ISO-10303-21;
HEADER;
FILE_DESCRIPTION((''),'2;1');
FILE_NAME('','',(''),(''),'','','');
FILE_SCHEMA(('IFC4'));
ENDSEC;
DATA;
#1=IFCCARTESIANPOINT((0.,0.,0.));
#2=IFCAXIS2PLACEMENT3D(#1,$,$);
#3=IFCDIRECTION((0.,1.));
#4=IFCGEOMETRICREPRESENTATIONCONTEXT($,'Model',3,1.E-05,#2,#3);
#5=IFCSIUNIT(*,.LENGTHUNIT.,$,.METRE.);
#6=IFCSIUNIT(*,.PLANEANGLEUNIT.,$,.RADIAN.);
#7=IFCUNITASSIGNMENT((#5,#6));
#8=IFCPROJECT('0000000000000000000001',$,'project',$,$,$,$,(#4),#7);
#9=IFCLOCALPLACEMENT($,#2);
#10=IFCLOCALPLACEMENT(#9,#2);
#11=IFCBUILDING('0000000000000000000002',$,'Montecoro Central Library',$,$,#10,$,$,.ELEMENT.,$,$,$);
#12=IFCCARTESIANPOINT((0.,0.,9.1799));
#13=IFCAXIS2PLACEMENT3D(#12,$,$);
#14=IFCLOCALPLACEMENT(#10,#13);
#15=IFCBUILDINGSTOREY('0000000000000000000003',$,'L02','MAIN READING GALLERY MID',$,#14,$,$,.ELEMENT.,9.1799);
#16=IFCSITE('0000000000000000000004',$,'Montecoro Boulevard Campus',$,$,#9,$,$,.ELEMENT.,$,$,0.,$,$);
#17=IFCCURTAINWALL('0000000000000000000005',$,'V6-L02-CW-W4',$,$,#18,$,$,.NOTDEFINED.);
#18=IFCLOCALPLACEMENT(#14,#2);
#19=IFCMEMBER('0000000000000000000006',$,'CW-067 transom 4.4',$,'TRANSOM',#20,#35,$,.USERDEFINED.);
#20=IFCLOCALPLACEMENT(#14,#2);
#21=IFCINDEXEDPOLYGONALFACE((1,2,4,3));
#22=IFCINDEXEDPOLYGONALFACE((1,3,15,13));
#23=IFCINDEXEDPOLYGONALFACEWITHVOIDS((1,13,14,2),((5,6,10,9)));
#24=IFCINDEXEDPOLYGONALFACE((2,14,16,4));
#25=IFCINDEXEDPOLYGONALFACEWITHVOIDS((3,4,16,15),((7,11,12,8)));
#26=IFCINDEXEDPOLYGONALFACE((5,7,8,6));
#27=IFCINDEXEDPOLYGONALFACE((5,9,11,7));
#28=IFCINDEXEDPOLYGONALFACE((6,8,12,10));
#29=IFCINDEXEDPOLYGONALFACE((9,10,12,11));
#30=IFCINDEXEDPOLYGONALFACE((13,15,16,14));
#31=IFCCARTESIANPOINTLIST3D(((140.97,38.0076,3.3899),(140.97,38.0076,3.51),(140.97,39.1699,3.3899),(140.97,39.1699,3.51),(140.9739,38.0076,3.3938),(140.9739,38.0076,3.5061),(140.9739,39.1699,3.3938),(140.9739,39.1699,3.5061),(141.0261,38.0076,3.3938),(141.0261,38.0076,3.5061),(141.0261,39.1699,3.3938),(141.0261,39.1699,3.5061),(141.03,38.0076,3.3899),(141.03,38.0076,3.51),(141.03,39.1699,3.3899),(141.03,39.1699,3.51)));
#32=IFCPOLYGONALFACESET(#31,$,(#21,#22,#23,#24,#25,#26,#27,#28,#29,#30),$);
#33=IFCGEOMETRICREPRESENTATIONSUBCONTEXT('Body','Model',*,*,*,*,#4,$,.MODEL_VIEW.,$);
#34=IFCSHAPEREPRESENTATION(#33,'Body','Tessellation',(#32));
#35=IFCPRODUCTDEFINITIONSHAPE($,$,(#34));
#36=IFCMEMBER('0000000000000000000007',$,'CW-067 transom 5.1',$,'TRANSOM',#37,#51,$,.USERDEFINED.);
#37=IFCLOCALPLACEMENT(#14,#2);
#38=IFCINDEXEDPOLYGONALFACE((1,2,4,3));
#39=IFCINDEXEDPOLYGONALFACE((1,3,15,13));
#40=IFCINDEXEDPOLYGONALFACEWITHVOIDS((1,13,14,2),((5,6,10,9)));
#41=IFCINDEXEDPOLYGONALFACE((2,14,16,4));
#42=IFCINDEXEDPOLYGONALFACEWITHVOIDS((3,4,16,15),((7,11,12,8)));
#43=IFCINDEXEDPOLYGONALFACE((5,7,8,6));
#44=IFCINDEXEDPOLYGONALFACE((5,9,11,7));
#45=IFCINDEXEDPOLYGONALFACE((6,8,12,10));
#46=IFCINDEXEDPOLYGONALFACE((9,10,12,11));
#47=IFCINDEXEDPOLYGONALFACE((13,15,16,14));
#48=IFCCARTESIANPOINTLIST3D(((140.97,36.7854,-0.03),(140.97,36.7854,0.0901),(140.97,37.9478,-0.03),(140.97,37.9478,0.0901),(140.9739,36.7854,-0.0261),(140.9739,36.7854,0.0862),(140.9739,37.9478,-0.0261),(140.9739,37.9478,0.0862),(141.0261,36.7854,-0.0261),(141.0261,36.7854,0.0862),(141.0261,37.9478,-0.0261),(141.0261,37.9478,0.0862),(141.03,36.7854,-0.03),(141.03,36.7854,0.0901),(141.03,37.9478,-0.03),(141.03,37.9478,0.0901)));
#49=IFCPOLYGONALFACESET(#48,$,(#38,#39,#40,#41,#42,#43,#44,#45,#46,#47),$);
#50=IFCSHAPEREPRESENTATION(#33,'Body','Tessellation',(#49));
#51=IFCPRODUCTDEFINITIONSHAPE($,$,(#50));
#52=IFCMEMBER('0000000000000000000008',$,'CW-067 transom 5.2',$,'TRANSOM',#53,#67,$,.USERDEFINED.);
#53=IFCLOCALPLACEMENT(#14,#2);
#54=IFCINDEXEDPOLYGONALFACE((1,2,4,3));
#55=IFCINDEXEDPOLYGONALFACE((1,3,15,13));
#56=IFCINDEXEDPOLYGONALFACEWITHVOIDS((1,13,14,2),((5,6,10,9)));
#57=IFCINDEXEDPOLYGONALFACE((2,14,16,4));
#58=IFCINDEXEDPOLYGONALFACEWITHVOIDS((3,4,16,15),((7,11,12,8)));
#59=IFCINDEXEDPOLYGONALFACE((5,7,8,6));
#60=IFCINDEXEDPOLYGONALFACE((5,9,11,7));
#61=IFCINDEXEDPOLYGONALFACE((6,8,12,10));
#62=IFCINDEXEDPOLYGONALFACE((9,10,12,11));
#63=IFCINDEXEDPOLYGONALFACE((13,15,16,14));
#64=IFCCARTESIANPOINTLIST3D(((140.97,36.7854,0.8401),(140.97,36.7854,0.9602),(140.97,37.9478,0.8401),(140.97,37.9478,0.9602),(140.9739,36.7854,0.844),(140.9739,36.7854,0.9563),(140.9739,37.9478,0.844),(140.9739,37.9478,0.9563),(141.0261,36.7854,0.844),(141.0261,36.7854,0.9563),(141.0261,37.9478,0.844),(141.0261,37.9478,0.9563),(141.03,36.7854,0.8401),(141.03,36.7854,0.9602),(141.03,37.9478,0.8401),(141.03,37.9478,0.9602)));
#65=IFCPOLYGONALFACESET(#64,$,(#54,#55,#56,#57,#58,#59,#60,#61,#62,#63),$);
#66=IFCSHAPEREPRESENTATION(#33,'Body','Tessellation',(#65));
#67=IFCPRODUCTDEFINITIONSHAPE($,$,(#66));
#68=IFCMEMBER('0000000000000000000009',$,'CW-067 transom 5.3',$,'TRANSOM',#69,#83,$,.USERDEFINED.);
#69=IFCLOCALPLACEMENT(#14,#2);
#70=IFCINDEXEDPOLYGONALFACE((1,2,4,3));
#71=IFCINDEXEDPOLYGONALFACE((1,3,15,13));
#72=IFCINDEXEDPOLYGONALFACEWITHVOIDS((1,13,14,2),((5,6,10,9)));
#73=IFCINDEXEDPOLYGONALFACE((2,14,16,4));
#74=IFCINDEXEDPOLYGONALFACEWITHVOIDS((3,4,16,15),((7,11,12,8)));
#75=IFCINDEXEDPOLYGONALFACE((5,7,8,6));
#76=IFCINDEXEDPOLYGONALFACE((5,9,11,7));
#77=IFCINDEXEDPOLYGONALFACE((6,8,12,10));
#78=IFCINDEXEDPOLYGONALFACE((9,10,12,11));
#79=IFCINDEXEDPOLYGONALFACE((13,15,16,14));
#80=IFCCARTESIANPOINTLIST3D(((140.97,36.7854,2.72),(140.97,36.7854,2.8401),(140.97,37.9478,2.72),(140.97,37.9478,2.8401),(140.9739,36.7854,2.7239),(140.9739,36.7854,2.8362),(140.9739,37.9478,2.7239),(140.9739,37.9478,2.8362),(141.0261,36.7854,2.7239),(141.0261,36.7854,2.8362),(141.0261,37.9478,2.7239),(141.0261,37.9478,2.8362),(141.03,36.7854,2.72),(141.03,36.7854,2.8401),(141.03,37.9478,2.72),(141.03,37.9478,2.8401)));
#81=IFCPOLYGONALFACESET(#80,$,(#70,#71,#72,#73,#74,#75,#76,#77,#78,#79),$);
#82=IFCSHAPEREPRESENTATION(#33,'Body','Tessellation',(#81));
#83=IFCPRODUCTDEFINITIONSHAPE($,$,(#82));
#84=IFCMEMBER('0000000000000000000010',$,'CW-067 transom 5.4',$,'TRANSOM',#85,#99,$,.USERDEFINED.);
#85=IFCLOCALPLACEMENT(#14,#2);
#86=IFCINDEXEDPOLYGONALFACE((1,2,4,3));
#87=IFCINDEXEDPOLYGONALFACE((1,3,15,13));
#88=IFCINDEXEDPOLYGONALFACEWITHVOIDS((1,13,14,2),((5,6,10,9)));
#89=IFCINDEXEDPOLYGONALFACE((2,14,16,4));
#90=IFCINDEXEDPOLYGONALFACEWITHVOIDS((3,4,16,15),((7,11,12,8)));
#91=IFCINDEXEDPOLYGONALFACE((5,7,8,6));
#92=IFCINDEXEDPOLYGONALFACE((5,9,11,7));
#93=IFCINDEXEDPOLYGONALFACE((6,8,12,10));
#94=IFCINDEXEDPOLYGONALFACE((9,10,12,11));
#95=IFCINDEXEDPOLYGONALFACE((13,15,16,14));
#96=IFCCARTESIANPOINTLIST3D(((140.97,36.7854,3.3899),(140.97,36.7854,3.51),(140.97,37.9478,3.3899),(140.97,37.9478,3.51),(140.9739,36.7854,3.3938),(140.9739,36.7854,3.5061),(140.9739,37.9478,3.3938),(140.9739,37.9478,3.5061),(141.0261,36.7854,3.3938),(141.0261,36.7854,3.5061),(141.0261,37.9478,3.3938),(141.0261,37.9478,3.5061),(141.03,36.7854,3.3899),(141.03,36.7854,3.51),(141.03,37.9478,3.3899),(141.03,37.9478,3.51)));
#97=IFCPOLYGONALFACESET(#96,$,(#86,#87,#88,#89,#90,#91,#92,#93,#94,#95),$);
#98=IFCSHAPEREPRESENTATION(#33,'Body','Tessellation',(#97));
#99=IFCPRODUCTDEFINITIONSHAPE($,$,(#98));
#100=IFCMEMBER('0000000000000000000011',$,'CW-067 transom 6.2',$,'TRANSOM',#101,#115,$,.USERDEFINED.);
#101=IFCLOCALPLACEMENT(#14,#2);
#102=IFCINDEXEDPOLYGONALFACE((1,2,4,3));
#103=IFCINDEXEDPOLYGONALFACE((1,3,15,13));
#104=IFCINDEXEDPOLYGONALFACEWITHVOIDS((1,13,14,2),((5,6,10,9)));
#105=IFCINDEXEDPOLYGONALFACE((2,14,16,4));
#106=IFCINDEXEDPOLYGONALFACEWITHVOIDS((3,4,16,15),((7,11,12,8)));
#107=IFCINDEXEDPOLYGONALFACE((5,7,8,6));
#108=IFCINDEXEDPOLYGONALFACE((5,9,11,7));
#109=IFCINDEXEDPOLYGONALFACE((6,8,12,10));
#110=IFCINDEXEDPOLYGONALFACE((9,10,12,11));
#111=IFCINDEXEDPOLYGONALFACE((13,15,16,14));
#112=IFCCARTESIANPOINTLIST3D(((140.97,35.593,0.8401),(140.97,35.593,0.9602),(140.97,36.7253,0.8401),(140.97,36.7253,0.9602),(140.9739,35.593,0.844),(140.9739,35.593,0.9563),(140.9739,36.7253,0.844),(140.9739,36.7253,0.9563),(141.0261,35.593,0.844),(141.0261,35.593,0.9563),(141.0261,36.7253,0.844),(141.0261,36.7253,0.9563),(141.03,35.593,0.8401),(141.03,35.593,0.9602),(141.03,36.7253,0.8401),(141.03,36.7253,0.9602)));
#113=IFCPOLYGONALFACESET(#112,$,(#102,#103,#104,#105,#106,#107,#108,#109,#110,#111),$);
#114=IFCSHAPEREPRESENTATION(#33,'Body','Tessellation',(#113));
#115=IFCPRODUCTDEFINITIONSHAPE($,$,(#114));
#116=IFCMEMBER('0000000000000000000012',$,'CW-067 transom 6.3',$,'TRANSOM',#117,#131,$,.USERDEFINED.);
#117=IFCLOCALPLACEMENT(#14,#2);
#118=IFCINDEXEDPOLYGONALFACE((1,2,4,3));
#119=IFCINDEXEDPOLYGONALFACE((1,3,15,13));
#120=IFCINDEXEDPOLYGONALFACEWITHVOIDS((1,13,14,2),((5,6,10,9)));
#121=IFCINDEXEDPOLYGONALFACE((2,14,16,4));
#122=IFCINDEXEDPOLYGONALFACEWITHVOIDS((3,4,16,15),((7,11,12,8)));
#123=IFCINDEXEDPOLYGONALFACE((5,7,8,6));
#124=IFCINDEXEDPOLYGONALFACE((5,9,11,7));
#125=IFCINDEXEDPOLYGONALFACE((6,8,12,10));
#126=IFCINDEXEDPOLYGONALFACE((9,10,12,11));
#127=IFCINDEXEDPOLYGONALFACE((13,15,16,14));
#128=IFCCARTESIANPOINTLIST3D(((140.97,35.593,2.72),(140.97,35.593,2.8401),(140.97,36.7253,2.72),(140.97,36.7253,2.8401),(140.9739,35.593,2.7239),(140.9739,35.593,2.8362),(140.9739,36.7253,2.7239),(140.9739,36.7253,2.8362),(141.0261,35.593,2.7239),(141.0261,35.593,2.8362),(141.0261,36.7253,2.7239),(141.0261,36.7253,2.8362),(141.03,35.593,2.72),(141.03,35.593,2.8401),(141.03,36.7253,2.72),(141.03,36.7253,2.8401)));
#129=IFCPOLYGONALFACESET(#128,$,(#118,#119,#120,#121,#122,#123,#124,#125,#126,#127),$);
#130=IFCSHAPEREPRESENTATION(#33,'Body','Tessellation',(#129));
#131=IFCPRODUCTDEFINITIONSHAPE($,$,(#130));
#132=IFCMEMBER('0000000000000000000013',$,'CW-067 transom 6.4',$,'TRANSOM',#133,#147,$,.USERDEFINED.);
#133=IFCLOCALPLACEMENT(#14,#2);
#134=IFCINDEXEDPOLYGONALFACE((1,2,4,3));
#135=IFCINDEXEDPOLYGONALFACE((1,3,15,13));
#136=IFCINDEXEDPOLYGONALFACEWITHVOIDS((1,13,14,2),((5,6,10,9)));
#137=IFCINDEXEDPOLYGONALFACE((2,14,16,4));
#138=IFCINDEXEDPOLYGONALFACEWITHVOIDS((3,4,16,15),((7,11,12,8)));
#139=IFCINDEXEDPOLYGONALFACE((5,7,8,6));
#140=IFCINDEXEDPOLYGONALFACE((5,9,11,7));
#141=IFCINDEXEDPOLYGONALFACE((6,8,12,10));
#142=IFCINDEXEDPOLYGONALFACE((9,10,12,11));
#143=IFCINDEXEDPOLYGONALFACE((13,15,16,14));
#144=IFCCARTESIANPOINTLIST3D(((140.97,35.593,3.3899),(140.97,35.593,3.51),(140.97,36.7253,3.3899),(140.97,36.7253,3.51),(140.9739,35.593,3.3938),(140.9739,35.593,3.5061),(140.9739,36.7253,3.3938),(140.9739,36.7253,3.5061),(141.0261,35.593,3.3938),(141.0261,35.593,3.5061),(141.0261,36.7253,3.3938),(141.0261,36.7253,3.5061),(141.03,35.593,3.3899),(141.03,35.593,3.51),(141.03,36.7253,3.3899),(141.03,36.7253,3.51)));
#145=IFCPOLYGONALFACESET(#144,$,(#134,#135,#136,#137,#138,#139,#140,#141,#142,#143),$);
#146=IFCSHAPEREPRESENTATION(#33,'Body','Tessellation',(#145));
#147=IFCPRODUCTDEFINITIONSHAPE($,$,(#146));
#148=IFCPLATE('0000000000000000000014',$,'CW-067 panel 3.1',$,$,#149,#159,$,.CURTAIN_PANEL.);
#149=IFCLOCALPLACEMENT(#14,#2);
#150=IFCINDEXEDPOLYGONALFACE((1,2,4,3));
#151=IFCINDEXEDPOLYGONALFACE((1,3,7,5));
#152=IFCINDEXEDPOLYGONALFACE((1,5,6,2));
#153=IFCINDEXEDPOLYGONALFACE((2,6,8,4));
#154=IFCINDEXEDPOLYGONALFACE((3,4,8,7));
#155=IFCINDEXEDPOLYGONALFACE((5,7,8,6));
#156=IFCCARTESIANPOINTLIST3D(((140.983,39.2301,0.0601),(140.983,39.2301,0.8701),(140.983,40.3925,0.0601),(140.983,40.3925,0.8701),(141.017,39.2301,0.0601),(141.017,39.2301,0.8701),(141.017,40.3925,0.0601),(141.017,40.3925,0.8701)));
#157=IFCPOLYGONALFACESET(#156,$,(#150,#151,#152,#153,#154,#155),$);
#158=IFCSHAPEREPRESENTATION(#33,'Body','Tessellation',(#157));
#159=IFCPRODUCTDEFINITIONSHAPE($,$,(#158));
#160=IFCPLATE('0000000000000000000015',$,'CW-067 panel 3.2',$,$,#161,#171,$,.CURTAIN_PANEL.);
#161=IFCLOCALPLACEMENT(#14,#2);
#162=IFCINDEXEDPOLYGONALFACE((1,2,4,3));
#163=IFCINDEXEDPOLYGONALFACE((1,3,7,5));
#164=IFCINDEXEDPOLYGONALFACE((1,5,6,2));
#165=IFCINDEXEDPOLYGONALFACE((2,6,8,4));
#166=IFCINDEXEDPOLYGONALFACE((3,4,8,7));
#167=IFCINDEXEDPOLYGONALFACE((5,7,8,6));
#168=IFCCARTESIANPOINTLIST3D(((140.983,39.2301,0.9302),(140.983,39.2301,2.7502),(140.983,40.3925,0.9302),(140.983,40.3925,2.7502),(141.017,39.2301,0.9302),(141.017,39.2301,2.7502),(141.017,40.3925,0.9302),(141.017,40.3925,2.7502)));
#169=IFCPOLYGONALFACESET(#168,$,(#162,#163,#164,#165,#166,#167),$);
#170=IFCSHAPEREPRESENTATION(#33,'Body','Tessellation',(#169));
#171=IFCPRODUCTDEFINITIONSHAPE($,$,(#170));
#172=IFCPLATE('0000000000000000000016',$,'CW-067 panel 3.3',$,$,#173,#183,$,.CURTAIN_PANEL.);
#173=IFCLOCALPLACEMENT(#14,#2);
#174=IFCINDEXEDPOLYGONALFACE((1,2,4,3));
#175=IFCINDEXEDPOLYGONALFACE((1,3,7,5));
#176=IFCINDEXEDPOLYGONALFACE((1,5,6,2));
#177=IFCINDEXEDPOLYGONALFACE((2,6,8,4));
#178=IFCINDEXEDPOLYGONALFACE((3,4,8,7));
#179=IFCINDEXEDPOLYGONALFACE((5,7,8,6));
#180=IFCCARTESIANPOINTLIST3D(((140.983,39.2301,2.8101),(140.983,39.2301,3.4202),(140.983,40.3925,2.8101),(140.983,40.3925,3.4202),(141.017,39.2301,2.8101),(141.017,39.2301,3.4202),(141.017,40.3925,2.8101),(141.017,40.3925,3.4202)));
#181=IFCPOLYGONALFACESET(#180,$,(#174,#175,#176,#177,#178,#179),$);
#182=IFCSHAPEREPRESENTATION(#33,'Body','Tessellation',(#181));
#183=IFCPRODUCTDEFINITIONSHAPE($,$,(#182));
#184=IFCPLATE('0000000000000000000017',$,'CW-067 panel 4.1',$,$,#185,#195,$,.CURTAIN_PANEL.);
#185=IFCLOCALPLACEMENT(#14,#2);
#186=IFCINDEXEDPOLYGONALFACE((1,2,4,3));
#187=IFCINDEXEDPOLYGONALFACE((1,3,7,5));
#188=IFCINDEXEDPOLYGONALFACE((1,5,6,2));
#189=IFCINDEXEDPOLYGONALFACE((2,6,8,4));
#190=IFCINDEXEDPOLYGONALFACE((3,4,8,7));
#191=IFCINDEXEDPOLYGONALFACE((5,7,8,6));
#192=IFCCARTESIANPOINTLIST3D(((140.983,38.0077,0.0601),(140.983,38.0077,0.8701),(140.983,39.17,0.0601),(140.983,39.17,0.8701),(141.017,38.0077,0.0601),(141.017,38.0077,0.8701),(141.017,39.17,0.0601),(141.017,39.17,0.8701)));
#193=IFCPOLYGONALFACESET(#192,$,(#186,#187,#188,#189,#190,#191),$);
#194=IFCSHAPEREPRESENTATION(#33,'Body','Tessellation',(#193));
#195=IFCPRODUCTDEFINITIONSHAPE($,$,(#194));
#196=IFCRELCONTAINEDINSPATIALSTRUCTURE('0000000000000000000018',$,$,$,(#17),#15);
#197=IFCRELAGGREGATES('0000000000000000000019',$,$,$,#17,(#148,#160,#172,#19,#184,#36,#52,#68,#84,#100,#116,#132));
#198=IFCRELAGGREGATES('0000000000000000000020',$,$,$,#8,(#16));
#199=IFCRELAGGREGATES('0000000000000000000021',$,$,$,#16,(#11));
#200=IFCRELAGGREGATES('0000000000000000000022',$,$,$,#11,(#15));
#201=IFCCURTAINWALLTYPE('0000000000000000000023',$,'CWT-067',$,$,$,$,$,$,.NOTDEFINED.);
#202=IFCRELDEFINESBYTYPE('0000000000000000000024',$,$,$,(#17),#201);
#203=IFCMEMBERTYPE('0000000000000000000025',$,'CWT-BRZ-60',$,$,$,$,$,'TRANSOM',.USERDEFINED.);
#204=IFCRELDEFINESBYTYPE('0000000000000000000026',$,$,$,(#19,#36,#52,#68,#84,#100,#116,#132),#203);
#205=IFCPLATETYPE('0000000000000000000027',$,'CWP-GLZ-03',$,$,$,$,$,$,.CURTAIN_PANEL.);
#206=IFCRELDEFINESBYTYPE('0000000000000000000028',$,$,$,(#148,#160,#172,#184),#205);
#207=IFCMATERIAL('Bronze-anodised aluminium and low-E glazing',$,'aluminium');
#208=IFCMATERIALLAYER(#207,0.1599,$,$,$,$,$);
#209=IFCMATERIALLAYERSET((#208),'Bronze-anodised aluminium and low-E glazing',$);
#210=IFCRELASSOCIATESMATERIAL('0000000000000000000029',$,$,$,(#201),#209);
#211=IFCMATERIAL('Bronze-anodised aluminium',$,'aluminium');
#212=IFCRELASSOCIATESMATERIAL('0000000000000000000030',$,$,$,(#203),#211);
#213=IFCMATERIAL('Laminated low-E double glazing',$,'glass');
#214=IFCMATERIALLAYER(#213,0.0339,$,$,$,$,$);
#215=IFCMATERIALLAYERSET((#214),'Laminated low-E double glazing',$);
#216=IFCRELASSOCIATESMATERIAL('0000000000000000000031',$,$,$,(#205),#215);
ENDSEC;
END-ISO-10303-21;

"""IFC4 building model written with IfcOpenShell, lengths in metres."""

from ifc_helpers import new_model, si_unit, direction, frame, origin, origin_2d, place, context, subcontext, project, spatial, rectangle, hollow_rectangle, extrude, material, layer, layer_set, material_profile, profile_set, type_object, element, aggregate, save


model = new_model("IFC4")

# Units and contexts
model_context = context("Model", 3, precision=1e-05, world=origin(), true_north=direction((0.0, 1.0)))
body_context = subcontext(model_context, "Body", "Model", "MODEL_VIEW")
ifc_project = project(units=[si_unit("LENGTHUNIT", "METRE"), si_unit("PLANEANGLEUNIT", "RADIAN")], contexts=[model_context])

# Site, building, storey
site_placement = place(None, origin())
site = spatial("IfcSite", under=ifc_project, at=site_placement, Name="Montecoro Boulevard Campus", CompositionType="ELEMENT", RefElevation=0.0)
building_placement = place(site_placement, origin())
building = spatial("IfcBuilding", under=site, at=building_placement, Name="Montecoro Central Library", CompositionType="ELEMENT")
storey_placement = place(building_placement, frame((0.0, 0.0, 9.1799)))
storey = spatial("IfcBuildingStorey", under=building, at=storey_placement, Name="L02", Description="MAIN READING GALLERY MID", CompositionType="ELEMENT", Elevation=9.1799)

# Curtain wall, members, plates
ifc_material_1 = material(Name="Bronze-anodised aluminium and low-E glazing", Category="aluminium")
ifc_layer_1 = layer(ifc_material_1, 0.1599)
ifc_layer_set_1 = layer_set([ifc_layer_1], Name="Bronze-anodised aluminium and low-E glazing")
curtain_wall_type = type_object("IfcCurtainWallType", Name="CWT-067", PredefinedType="NOTDEFINED", material=ifc_layer_set_1)
curtain_wall_placement = place(storey_placement, origin())
curtain_wall = element("IfcCurtainWall", 1, at=curtain_wall_placement, inside=storey, type_object=curtain_wall_type, Name="V6-L02-CW-W4", PredefinedType="NOTDEFINED")
ifc_material_2 = material(Name="Bronze-anodised aluminium", Category="aluminium")
ifc_material_profile_1 = material_profile(ifc_material_2, hollow_rectangle(XDim=0.0601, YDim=0.1201, WallThickness=0.0039, at=origin_2d()), Name="CWT 120x60x4.0")
ifc_profile_set_1 = profile_set([ifc_material_profile_1], Name="Bronze-anodised aluminium")
member_type_1 = type_object("IfcMemberType", Name="CWT-BRZ-60", ElementType="TRANSOM", PredefinedType="USERDEFINED", material=ifc_profile_set_1)
member_1_placement = place(storey_placement, frame((141.0, 39.1699, 3.45), z_axis=(0.0, -1.0, 0.0), x_axis=(1.0, 0.0, 0.0)))
member_1 = element("IfcMember", 2, at=member_1_placement, type_object=member_type_1, Name="CW-067 transom 4.4", ObjectType="TRANSOM", PredefinedType="USERDEFINED", context=body_context, shape_type="SweptSolid", body=[
    extrude(hollow_rectangle(XDim=0.0601, YDim=0.1201, WallThickness=0.0039, at=origin_2d()), origin(), (0.0, 0.0, 1.0), 1.1624),
])
member_2_placement = place(storey_placement, frame((141.0, 37.9478, 0.03), z_axis=(0.0, -1.0, 0.0), x_axis=(1.0, 0.0, 0.0)))
member_2 = element("IfcMember", 3, at=member_2_placement, type_object=member_type_1, Name="CW-067 transom 5.1", ObjectType="TRANSOM", PredefinedType="USERDEFINED", context=body_context, shape_type="SweptSolid", body=[
    extrude(hollow_rectangle(XDim=0.0601, YDim=0.1201, WallThickness=0.0039, at=origin_2d()), origin(), (0.0, 0.0, 1.0), 1.1624),
])
member_3_placement = place(storey_placement, frame((141.0, 37.9478, 0.9001), z_axis=(0.0, -1.0, 0.0), x_axis=(1.0, 0.0, 0.0)))
member_3 = element("IfcMember", 4, at=member_3_placement, type_object=member_type_1, Name="CW-067 transom 5.2", ObjectType="TRANSOM", PredefinedType="USERDEFINED", context=body_context, shape_type="SweptSolid", body=[
    extrude(hollow_rectangle(XDim=0.0601, YDim=0.1201, WallThickness=0.0039, at=origin_2d()), origin(), (0.0, 0.0, 1.0), 1.1624),
])
member_4_placement = place(storey_placement, frame((141.0, 37.9478, 2.78), z_axis=(0.0, -1.0, 0.0), x_axis=(1.0, 0.0, 0.0)))
member_4 = element("IfcMember", 5, at=member_4_placement, type_object=member_type_1, Name="CW-067 transom 5.3", ObjectType="TRANSOM", PredefinedType="USERDEFINED", context=body_context, shape_type="SweptSolid", body=[
    extrude(hollow_rectangle(XDim=0.0601, YDim=0.1201, WallThickness=0.0039, at=origin_2d()), origin(), (0.0, 0.0, 1.0), 1.1624),
])
member_5_placement = place(storey_placement, frame((141.0, 37.9478, 3.45), z_axis=(0.0, -1.0, 0.0), x_axis=(1.0, 0.0, 0.0)))
member_5 = element("IfcMember", 6, at=member_5_placement, type_object=member_type_1, Name="CW-067 transom 5.4", ObjectType="TRANSOM", PredefinedType="USERDEFINED", context=body_context, shape_type="SweptSolid", body=[
    extrude(hollow_rectangle(XDim=0.0601, YDim=0.1201, WallThickness=0.0039, at=origin_2d()), origin(), (0.0, 0.0, 1.0), 1.1624),
])
member_6_placement = place(storey_placement, frame((141.0, 36.7253, 0.9001), z_axis=(0.0, -1.0, 0.0), x_axis=(1.0, 0.0, 0.0)))
member_6 = element("IfcMember", 7, at=member_6_placement, type_object=member_type_1, Name="CW-067 transom 6.2", ObjectType="TRANSOM", PredefinedType="USERDEFINED", context=body_context, shape_type="SweptSolid", body=[
    extrude(hollow_rectangle(XDim=0.0601, YDim=0.1201, WallThickness=0.0039, at=origin_2d()), origin(), (0.0, 0.0, 1.0), 1.1323),
])
member_7_placement = place(storey_placement, frame((141.0, 36.7253, 2.78), z_axis=(0.0, -1.0, 0.0), x_axis=(1.0, 0.0, 0.0)))
member_7 = element("IfcMember", 8, at=member_7_placement, type_object=member_type_1, Name="CW-067 transom 6.3", ObjectType="TRANSOM", PredefinedType="USERDEFINED", context=body_context, shape_type="SweptSolid", body=[
    extrude(hollow_rectangle(XDim=0.0601, YDim=0.1201, WallThickness=0.0039, at=origin_2d()), origin(), (0.0, 0.0, 1.0), 1.1323),
])
member_8_placement = place(storey_placement, frame((141.0, 36.7253, 3.45), z_axis=(0.0, -1.0, 0.0), x_axis=(1.0, 0.0, 0.0)))
member_8 = element("IfcMember", 9, at=member_8_placement, type_object=member_type_1, Name="CW-067 transom 6.4", ObjectType="TRANSOM", PredefinedType="USERDEFINED", context=body_context, shape_type="SweptSolid", body=[
    extrude(hollow_rectangle(XDim=0.0601, YDim=0.1201, WallThickness=0.0039, at=origin_2d()), origin(), (0.0, 0.0, 1.0), 1.1323),
])
ifc_material_3 = material(Name="Laminated low-E double glazing", Category="glass")
ifc_layer_2 = layer(ifc_material_3, 0.0339)
ifc_layer_set_2 = layer_set([ifc_layer_2], Name="Laminated low-E double glazing")
plate_type = type_object("IfcPlateType", Name="CWP-GLZ-03", PredefinedType="CURTAIN_PANEL", material=ifc_layer_set_2)
plate_1_placement = place(storey_placement, frame((141.0, 39.8113, 0.0601), z_axis=(0.0, 0.0, 1.0), x_axis=(0.0, -1.0, 0.0)))
plate_1 = element("IfcPlate", 10, at=plate_1_placement, type_object=plate_type, Name="CW-067 panel 3.1", PredefinedType="CURTAIN_PANEL", context=body_context, shape_type="SweptSolid", body=[
    extrude(rectangle(XDim=1.1624, YDim=0.0339, at=origin_2d()), origin(), (0.0, 0.0, 1.0), 0.8101),
])
plate_2_placement = place(storey_placement, frame((141.0, 39.8113, 0.9302), z_axis=(0.0, 0.0, 1.0), x_axis=(0.0, -1.0, 0.0)))
plate_2 = element("IfcPlate", 11, at=plate_2_placement, type_object=plate_type, Name="CW-067 panel 3.2", PredefinedType="CURTAIN_PANEL", context=body_context, shape_type="SweptSolid", body=[
    extrude(rectangle(XDim=1.1624, YDim=0.0339, at=origin_2d()), origin(), (0.0, 0.0, 1.0), 1.8201),
])
plate_3_placement = place(storey_placement, frame((141.0, 39.8113, 2.8101), z_axis=(0.0, 0.0, 1.0), x_axis=(0.0, -1.0, 0.0)))
plate_3 = element("IfcPlate", 12, at=plate_3_placement, type_object=plate_type, Name="CW-067 panel 3.3", PredefinedType="CURTAIN_PANEL", context=body_context, shape_type="SweptSolid", body=[
    extrude(rectangle(XDim=1.1624, YDim=0.0339, at=origin_2d()), origin(), (0.0, 0.0, 1.0), 0.6101),
])
plate_4_placement = place(storey_placement, frame((141.0, 38.5889, 0.0601), z_axis=(0.0, 0.0, 1.0), x_axis=(0.0, -1.0, 0.0)))
plate_4 = element("IfcPlate", 13, at=plate_4_placement, type_object=plate_type, Name="CW-067 panel 4.1", PredefinedType="CURTAIN_PANEL", context=body_context, shape_type="SweptSolid", body=[
    extrude(rectangle(XDim=1.1624, YDim=0.0339, at=origin_2d()), origin(), (0.0, 0.0, 1.0), 0.8101),
])
aggregate(curtain_wall, [plate_1, plate_2, plate_3, member_1, plate_4, member_2, member_3, member_4, member_5, member_6, member_7, member_8])

save(model, "model.ifc")
